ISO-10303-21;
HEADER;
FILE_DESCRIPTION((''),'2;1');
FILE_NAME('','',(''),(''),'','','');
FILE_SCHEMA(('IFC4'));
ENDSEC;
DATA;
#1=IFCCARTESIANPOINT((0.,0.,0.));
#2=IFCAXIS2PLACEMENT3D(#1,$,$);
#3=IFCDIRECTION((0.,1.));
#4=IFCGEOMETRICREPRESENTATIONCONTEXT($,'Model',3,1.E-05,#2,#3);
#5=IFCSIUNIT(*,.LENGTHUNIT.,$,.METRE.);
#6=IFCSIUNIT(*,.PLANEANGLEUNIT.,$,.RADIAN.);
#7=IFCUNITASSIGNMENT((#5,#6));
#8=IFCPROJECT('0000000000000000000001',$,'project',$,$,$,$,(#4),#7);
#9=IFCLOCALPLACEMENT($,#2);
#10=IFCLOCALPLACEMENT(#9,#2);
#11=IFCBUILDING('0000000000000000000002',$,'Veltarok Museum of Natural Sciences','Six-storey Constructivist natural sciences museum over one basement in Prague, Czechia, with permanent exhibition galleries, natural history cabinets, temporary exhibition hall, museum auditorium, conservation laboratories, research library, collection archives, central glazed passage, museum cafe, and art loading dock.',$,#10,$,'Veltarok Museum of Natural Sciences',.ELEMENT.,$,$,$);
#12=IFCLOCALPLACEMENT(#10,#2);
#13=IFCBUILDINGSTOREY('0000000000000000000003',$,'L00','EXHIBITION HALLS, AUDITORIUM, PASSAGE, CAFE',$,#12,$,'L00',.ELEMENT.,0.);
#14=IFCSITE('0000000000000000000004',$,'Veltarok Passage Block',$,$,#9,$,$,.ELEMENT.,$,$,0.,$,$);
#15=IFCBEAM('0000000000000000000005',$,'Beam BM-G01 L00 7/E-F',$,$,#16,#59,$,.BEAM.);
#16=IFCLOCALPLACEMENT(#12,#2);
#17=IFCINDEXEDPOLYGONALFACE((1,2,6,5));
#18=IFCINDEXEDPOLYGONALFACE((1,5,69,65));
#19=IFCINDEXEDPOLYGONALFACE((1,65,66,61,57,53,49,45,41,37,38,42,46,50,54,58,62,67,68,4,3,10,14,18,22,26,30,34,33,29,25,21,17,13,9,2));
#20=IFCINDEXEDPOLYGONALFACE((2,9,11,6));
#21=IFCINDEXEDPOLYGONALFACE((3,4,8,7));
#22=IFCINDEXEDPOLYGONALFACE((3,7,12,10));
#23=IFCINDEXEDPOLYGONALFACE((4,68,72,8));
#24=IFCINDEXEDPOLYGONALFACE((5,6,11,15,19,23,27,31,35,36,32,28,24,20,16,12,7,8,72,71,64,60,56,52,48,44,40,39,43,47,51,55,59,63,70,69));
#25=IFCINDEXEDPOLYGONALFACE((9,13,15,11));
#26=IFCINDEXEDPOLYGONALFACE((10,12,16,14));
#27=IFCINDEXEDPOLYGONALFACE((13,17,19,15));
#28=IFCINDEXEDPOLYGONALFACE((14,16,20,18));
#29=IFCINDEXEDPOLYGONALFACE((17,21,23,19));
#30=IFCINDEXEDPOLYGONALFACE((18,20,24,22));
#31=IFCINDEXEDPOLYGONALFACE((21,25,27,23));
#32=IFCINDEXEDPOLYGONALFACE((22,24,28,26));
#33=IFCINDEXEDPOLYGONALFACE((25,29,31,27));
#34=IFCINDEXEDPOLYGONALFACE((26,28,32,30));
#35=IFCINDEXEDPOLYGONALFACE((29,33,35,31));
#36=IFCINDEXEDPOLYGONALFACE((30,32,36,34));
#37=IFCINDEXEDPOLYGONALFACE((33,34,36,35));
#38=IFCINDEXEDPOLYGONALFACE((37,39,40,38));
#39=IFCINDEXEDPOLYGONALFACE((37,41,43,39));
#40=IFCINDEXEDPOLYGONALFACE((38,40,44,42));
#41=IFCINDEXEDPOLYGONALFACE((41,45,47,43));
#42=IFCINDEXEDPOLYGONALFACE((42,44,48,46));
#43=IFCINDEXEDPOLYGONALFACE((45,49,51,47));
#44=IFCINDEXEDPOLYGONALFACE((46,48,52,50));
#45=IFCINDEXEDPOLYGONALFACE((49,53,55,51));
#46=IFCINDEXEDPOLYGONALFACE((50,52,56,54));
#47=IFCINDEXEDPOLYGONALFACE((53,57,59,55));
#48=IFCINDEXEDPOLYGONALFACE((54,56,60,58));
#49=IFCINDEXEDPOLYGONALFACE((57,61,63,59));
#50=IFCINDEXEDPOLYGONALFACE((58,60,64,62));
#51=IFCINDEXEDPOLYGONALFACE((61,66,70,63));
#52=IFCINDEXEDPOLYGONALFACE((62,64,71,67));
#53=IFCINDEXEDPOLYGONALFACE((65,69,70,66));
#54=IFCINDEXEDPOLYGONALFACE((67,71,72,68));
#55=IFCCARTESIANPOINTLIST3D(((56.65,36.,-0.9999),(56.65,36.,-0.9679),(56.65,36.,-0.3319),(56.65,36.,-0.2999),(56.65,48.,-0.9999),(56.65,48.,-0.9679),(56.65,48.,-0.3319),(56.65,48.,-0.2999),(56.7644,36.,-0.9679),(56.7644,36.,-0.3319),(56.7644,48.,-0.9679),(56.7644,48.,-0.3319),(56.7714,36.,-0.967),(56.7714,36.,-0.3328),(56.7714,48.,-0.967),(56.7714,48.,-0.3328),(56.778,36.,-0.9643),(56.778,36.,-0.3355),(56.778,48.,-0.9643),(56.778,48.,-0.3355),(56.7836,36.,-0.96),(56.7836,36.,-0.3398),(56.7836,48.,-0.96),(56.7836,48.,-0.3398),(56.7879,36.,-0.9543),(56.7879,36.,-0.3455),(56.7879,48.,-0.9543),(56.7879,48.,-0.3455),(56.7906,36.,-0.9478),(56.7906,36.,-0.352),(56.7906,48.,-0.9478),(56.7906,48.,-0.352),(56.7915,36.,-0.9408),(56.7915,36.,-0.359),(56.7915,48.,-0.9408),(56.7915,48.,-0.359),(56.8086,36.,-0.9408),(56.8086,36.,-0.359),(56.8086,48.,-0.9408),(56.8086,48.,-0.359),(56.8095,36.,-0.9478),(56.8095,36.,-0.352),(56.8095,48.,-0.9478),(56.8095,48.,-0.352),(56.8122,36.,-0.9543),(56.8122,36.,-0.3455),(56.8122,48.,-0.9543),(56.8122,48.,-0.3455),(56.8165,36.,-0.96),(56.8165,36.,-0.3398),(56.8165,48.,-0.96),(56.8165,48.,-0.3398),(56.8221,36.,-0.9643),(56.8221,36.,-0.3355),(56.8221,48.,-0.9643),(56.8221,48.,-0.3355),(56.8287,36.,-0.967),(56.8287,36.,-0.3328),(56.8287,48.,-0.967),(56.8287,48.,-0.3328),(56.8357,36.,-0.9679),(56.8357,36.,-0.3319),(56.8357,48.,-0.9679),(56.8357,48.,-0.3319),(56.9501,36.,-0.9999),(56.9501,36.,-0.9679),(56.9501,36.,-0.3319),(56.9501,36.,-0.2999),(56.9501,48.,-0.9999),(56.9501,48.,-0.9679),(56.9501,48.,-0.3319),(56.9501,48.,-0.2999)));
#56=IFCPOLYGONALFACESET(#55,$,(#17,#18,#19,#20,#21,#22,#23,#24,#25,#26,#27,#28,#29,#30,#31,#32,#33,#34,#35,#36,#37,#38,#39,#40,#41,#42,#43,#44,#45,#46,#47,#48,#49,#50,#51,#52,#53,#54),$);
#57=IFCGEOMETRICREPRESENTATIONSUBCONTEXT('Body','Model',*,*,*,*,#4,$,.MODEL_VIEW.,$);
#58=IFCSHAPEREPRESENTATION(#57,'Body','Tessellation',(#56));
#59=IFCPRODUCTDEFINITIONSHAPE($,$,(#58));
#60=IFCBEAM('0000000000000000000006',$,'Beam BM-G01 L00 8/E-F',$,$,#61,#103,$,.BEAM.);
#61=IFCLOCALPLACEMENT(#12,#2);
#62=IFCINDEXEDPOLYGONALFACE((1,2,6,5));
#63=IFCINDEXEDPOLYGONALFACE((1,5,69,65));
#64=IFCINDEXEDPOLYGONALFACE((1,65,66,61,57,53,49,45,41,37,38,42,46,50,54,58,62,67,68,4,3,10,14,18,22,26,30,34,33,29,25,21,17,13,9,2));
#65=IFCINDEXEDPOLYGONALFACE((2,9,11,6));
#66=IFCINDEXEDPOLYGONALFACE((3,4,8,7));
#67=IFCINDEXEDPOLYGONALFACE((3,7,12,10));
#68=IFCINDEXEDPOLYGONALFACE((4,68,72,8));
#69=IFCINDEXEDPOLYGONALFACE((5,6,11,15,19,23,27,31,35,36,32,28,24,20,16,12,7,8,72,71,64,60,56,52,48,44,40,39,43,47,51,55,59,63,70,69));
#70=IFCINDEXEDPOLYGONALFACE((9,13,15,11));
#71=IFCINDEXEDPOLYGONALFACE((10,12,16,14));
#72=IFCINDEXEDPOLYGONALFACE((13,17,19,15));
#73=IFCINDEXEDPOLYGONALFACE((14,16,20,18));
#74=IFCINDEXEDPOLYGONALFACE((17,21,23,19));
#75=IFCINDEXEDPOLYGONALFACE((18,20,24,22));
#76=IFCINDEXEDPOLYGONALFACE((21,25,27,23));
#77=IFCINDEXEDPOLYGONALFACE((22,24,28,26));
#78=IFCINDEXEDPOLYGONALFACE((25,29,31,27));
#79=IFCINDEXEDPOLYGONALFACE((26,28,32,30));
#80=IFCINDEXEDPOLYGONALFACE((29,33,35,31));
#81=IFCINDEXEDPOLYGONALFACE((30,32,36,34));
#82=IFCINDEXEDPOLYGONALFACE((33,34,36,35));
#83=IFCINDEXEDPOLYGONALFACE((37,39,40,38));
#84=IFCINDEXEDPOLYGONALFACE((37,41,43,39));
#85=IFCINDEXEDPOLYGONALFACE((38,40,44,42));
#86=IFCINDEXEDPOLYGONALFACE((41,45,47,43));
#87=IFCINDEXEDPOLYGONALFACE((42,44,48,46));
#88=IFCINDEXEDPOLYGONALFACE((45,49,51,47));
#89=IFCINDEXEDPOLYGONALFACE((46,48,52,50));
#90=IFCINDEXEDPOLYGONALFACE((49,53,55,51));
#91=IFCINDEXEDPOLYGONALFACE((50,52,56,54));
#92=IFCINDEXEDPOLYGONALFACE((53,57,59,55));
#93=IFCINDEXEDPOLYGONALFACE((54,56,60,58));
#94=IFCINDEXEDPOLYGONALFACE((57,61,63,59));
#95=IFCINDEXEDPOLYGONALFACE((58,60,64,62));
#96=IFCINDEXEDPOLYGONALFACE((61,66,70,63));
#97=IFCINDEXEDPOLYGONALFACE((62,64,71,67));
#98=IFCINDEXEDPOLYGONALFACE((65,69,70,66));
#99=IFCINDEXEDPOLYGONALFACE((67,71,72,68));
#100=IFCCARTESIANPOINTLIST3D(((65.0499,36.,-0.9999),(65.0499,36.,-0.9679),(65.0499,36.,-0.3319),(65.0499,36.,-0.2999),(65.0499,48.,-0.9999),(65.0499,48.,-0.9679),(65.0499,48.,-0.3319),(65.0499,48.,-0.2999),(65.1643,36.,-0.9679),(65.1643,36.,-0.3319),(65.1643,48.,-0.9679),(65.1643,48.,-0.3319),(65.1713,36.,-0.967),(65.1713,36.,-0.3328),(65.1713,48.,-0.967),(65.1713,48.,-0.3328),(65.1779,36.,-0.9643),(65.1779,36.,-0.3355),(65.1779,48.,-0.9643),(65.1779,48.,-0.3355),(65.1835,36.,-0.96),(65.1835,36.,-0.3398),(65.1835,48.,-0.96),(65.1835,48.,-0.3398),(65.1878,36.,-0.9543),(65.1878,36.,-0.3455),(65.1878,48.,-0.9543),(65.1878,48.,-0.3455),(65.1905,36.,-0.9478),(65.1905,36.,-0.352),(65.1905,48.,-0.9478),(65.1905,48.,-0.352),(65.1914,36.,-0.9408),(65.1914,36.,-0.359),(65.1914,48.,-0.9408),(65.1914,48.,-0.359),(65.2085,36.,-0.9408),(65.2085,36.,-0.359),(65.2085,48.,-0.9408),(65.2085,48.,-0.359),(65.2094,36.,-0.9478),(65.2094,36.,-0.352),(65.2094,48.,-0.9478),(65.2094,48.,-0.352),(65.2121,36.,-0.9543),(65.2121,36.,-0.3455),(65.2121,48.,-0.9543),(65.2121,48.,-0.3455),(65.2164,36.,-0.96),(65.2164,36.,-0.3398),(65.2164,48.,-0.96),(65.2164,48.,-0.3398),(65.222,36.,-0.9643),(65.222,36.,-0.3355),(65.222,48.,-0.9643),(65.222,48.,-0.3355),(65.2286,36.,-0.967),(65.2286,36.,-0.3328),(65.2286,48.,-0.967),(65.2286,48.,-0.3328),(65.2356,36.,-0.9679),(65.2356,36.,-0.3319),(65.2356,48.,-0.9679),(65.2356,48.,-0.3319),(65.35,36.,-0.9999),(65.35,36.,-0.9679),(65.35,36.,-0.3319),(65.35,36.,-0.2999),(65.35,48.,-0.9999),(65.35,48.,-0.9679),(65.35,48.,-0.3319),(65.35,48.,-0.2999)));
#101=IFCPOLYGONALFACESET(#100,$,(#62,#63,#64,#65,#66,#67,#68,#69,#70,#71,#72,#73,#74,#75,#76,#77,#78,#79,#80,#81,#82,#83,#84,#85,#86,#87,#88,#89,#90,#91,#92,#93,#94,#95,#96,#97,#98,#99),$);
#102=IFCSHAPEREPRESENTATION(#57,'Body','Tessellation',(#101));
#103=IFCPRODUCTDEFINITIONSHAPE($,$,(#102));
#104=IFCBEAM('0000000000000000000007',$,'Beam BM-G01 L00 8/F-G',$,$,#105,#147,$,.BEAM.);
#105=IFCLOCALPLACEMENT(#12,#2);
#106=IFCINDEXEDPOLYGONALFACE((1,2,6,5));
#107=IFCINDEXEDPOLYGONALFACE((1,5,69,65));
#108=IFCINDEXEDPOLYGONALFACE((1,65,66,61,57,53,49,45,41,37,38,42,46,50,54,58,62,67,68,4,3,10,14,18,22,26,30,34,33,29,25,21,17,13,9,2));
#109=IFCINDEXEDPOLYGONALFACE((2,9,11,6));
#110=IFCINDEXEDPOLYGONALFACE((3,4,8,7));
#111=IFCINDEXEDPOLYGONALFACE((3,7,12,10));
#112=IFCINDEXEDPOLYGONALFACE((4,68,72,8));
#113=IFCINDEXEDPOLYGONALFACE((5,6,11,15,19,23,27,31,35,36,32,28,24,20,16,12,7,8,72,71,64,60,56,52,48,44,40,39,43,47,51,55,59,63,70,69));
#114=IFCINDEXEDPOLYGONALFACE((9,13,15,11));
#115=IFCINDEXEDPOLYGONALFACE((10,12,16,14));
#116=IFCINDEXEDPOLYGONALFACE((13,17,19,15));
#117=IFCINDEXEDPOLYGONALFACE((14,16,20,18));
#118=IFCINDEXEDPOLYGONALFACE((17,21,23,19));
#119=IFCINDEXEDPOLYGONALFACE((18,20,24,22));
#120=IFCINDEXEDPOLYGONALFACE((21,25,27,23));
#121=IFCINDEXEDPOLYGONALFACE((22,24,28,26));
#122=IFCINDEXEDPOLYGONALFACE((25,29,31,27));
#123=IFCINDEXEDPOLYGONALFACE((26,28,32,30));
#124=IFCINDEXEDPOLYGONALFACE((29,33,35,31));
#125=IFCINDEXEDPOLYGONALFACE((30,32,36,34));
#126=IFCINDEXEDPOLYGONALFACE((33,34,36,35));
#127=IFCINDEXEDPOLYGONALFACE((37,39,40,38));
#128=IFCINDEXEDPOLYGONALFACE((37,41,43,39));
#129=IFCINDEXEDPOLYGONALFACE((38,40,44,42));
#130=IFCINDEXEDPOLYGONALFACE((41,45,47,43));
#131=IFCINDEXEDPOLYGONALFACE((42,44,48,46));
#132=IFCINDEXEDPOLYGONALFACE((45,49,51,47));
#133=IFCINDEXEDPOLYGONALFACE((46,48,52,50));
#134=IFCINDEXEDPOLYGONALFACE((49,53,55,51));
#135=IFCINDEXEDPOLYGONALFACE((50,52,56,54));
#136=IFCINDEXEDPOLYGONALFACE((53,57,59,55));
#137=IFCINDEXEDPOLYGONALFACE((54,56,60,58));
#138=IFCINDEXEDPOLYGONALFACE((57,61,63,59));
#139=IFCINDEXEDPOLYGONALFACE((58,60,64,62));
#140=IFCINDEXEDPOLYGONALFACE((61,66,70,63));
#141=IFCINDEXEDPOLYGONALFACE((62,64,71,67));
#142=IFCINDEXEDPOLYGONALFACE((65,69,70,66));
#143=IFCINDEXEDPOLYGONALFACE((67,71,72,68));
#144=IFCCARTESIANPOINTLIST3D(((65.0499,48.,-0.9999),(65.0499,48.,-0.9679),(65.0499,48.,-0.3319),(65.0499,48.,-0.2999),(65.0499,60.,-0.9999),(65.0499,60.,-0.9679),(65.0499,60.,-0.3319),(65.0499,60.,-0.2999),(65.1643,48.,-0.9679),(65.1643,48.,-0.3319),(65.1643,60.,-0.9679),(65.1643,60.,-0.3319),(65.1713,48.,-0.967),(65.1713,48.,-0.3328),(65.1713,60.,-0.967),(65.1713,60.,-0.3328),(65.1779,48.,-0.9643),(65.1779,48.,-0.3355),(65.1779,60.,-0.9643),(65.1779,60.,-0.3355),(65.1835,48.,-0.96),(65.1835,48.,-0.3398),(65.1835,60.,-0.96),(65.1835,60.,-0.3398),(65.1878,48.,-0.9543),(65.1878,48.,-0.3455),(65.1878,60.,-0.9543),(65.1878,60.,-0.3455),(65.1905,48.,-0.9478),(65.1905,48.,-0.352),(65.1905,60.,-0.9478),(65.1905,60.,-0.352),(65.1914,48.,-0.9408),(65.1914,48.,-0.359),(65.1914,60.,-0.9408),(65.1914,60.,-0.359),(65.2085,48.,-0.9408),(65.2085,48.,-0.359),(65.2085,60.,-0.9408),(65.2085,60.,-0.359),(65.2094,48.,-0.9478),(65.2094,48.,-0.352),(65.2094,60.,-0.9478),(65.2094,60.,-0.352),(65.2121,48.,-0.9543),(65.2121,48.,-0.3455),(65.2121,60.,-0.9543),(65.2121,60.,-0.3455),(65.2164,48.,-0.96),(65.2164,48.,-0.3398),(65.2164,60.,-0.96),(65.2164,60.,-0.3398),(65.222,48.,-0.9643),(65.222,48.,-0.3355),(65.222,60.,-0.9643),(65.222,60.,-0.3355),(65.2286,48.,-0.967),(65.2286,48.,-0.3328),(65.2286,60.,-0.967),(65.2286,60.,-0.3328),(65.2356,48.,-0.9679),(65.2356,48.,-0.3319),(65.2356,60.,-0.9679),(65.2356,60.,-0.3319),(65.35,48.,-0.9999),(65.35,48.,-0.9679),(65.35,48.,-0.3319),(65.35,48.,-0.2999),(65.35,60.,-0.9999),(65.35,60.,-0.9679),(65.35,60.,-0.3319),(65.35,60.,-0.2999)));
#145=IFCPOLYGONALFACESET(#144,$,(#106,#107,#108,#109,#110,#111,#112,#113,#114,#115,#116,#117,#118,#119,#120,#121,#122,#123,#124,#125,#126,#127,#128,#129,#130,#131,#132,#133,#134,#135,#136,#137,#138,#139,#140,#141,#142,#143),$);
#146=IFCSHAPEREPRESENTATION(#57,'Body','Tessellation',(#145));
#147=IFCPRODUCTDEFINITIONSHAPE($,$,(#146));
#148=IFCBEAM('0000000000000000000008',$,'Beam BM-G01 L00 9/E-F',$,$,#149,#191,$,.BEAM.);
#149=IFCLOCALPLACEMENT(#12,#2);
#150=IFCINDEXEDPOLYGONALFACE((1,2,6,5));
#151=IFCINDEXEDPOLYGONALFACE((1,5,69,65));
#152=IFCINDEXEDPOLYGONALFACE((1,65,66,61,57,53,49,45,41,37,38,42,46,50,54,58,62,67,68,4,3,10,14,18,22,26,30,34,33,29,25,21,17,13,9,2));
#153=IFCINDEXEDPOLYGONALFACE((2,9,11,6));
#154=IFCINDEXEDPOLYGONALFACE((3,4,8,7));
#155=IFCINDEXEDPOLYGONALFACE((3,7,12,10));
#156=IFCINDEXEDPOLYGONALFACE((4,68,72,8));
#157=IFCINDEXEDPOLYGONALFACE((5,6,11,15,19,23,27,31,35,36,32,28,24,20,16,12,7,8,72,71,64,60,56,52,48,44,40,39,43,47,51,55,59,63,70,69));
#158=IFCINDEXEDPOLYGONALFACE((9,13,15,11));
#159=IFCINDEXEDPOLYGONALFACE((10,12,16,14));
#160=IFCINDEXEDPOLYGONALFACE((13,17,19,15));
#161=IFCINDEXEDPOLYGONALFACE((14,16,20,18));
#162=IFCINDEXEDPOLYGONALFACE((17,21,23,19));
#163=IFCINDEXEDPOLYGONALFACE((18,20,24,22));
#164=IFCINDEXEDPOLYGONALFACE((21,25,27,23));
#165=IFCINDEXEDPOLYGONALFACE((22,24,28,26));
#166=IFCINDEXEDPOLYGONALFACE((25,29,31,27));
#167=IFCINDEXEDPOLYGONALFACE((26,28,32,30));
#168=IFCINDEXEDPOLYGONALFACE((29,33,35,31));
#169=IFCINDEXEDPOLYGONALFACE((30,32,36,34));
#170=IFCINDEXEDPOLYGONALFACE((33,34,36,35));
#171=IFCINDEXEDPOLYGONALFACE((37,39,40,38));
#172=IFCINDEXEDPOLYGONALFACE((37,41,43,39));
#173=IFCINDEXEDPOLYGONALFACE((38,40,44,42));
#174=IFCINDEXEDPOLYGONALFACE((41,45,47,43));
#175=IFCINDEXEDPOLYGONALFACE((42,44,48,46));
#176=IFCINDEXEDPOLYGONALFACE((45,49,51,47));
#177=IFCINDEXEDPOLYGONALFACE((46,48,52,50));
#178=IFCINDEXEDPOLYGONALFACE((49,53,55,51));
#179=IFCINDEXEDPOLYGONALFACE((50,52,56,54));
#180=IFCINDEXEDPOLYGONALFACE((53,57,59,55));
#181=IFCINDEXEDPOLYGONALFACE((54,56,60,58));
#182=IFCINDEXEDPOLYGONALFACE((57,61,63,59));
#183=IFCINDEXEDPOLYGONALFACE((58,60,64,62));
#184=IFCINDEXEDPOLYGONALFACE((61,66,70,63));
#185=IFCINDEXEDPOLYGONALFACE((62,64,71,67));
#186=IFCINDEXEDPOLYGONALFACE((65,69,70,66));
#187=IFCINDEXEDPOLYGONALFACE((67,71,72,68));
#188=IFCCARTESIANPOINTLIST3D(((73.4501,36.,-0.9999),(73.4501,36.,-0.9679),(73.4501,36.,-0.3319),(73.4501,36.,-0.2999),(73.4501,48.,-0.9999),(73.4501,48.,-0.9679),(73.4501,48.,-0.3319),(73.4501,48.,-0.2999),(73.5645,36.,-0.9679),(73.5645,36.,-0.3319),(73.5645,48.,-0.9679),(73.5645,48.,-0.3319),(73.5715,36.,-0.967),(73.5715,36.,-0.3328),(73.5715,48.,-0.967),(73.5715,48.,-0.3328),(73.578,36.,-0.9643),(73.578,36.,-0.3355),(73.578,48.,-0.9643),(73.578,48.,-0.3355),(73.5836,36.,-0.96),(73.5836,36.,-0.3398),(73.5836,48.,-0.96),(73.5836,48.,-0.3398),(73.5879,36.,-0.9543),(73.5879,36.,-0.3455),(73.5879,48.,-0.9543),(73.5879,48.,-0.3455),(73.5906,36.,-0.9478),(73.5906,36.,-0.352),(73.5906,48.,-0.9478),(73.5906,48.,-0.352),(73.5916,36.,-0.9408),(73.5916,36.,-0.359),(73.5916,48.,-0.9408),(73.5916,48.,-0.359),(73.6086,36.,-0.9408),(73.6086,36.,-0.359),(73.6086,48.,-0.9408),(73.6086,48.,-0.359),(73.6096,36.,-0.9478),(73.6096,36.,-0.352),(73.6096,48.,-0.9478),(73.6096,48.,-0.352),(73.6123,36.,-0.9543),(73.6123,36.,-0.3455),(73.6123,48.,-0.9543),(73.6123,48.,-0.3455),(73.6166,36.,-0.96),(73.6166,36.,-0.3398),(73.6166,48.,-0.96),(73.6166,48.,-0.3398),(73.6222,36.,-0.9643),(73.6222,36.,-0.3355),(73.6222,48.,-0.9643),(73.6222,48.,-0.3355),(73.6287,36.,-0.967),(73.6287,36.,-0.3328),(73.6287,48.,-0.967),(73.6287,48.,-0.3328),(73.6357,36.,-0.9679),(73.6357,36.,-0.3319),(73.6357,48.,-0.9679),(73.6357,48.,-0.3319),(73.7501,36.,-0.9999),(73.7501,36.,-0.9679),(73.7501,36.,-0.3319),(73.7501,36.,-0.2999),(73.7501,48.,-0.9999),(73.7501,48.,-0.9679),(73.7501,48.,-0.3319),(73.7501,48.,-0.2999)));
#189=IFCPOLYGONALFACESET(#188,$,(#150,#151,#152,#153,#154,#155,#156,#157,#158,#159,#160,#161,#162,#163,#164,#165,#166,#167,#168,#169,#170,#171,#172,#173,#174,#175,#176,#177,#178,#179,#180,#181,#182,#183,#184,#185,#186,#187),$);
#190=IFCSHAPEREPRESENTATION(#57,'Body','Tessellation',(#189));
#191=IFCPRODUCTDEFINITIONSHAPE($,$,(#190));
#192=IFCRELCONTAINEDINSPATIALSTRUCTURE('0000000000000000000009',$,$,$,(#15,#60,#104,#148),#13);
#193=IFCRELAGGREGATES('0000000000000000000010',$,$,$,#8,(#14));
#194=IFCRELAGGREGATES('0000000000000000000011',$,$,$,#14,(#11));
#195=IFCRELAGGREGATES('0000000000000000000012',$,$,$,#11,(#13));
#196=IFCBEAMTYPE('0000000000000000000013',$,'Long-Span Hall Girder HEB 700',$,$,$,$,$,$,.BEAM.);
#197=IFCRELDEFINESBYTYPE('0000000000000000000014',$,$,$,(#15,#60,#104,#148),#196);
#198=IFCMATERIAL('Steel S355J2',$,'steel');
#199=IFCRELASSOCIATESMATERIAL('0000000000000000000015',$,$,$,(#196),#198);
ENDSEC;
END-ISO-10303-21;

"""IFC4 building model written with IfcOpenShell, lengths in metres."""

from ifc_helpers import new_model, si_unit, direction, frame, origin, origin_2d, place, context, subcontext, project, spatial, i_section, extrude, material, material_profile, profile_set, type_object, element, save


model = new_model("IFC4")

# Units and contexts
model_context = context("Model", 3, precision=1e-05, world=origin(), true_north=direction((0.0, 1.0)))
body_context = subcontext(model_context, "Body", "Model", "MODEL_VIEW")
ifc_project = project(units=[si_unit("LENGTHUNIT", "METRE"), si_unit("PLANEANGLEUNIT", "RADIAN")], contexts=[model_context])

# Site, building, storey
site_placement = place(None, origin())
site = spatial("IfcSite", under=ifc_project, at=site_placement, Name="Veltarok Passage Block", CompositionType="ELEMENT", RefElevation=0.0)
building_placement = place(site_placement, origin())
building = spatial("IfcBuilding", under=site, at=building_placement, Name="Veltarok Museum of Natural Sciences", Description="Six-storey Constructivist natural sciences museum over one basement in Prague, Czechia, with permanent exhibition galleries, natural history cabinets, temporary exhibition hall, museum auditorium, conservation laboratories, research library, collection archives, central glazed passage, museum cafe, and art loading dock.", LongName="Veltarok Museum of Natural Sciences", CompositionType="ELEMENT")
storey_placement = place(building_placement, origin())
storey = spatial("IfcBuildingStorey", under=building, at=storey_placement, Name="L00", Description="EXHIBITION HALLS, AUDITORIUM, PASSAGE, CAFE", LongName="L00", CompositionType="ELEMENT", Elevation=0.0)

# Shared definitions
ifc_material_1 = material(Name="Steel S355J2", Category="steel")

# Beams
ifc_material_profile_1 = material_profile(ifc_material_1, i_section(OverallWidth=0.3, OverallDepth=0.7, WebThickness=0.0171, FlangeThickness=0.032, FilletRadius=0.0271, at=origin_2d()), Name="HEB 700")
ifc_profile_set_1 = profile_set([ifc_material_profile_1], Name="Steel S355J2")
beam_type_1 = type_object("IfcBeamType", Name="Long-Span Hall Girder HEB 700", PredefinedType="BEAM", material=ifc_profile_set_1)
for number, where, z_axis, x_axis, name in (
    (1, (56.8, 36.0, -0.6499), (0.0, 1.0, 0.0), (-1.0, 0.0, 0.0), "Beam BM-G01 L00 7/E-F"),
    (2, (65.2, 36.0, -0.6499), (0.0, 1.0, 0.0), (-1.0, 0.0, 0.0), "Beam BM-G01 L00 8/E-F"),
    (3, (65.2, 48.0, -0.6499), (0.0, 1.0, 0.0), (-1.0, 0.0, 0.0), "Beam BM-G01 L00 8/F-G"),
    (4, (73.6001, 36.0, -0.6499), (0.0, 1.0, 0.0), (-1.0, 0.0, 0.0), "Beam BM-G01 L00 9/E-F"),
):
    element("IfcBeam", number, at=place(storey_placement, frame(where, z_axis=z_axis, x_axis=x_axis)), inside=storey, type_object=beam_type_1, Name=name, PredefinedType="BEAM", context=body_context, shape_type="SweptSolid", body=[
        extrude(i_section(OverallWidth=0.3, OverallDepth=0.7, WebThickness=0.0171, FlangeThickness=0.032, FilletRadius=0.0271, at=origin_2d()), origin(), (0.0, 0.0, 1.0), 12.0),
    ])

save(model, "model.ifc")
